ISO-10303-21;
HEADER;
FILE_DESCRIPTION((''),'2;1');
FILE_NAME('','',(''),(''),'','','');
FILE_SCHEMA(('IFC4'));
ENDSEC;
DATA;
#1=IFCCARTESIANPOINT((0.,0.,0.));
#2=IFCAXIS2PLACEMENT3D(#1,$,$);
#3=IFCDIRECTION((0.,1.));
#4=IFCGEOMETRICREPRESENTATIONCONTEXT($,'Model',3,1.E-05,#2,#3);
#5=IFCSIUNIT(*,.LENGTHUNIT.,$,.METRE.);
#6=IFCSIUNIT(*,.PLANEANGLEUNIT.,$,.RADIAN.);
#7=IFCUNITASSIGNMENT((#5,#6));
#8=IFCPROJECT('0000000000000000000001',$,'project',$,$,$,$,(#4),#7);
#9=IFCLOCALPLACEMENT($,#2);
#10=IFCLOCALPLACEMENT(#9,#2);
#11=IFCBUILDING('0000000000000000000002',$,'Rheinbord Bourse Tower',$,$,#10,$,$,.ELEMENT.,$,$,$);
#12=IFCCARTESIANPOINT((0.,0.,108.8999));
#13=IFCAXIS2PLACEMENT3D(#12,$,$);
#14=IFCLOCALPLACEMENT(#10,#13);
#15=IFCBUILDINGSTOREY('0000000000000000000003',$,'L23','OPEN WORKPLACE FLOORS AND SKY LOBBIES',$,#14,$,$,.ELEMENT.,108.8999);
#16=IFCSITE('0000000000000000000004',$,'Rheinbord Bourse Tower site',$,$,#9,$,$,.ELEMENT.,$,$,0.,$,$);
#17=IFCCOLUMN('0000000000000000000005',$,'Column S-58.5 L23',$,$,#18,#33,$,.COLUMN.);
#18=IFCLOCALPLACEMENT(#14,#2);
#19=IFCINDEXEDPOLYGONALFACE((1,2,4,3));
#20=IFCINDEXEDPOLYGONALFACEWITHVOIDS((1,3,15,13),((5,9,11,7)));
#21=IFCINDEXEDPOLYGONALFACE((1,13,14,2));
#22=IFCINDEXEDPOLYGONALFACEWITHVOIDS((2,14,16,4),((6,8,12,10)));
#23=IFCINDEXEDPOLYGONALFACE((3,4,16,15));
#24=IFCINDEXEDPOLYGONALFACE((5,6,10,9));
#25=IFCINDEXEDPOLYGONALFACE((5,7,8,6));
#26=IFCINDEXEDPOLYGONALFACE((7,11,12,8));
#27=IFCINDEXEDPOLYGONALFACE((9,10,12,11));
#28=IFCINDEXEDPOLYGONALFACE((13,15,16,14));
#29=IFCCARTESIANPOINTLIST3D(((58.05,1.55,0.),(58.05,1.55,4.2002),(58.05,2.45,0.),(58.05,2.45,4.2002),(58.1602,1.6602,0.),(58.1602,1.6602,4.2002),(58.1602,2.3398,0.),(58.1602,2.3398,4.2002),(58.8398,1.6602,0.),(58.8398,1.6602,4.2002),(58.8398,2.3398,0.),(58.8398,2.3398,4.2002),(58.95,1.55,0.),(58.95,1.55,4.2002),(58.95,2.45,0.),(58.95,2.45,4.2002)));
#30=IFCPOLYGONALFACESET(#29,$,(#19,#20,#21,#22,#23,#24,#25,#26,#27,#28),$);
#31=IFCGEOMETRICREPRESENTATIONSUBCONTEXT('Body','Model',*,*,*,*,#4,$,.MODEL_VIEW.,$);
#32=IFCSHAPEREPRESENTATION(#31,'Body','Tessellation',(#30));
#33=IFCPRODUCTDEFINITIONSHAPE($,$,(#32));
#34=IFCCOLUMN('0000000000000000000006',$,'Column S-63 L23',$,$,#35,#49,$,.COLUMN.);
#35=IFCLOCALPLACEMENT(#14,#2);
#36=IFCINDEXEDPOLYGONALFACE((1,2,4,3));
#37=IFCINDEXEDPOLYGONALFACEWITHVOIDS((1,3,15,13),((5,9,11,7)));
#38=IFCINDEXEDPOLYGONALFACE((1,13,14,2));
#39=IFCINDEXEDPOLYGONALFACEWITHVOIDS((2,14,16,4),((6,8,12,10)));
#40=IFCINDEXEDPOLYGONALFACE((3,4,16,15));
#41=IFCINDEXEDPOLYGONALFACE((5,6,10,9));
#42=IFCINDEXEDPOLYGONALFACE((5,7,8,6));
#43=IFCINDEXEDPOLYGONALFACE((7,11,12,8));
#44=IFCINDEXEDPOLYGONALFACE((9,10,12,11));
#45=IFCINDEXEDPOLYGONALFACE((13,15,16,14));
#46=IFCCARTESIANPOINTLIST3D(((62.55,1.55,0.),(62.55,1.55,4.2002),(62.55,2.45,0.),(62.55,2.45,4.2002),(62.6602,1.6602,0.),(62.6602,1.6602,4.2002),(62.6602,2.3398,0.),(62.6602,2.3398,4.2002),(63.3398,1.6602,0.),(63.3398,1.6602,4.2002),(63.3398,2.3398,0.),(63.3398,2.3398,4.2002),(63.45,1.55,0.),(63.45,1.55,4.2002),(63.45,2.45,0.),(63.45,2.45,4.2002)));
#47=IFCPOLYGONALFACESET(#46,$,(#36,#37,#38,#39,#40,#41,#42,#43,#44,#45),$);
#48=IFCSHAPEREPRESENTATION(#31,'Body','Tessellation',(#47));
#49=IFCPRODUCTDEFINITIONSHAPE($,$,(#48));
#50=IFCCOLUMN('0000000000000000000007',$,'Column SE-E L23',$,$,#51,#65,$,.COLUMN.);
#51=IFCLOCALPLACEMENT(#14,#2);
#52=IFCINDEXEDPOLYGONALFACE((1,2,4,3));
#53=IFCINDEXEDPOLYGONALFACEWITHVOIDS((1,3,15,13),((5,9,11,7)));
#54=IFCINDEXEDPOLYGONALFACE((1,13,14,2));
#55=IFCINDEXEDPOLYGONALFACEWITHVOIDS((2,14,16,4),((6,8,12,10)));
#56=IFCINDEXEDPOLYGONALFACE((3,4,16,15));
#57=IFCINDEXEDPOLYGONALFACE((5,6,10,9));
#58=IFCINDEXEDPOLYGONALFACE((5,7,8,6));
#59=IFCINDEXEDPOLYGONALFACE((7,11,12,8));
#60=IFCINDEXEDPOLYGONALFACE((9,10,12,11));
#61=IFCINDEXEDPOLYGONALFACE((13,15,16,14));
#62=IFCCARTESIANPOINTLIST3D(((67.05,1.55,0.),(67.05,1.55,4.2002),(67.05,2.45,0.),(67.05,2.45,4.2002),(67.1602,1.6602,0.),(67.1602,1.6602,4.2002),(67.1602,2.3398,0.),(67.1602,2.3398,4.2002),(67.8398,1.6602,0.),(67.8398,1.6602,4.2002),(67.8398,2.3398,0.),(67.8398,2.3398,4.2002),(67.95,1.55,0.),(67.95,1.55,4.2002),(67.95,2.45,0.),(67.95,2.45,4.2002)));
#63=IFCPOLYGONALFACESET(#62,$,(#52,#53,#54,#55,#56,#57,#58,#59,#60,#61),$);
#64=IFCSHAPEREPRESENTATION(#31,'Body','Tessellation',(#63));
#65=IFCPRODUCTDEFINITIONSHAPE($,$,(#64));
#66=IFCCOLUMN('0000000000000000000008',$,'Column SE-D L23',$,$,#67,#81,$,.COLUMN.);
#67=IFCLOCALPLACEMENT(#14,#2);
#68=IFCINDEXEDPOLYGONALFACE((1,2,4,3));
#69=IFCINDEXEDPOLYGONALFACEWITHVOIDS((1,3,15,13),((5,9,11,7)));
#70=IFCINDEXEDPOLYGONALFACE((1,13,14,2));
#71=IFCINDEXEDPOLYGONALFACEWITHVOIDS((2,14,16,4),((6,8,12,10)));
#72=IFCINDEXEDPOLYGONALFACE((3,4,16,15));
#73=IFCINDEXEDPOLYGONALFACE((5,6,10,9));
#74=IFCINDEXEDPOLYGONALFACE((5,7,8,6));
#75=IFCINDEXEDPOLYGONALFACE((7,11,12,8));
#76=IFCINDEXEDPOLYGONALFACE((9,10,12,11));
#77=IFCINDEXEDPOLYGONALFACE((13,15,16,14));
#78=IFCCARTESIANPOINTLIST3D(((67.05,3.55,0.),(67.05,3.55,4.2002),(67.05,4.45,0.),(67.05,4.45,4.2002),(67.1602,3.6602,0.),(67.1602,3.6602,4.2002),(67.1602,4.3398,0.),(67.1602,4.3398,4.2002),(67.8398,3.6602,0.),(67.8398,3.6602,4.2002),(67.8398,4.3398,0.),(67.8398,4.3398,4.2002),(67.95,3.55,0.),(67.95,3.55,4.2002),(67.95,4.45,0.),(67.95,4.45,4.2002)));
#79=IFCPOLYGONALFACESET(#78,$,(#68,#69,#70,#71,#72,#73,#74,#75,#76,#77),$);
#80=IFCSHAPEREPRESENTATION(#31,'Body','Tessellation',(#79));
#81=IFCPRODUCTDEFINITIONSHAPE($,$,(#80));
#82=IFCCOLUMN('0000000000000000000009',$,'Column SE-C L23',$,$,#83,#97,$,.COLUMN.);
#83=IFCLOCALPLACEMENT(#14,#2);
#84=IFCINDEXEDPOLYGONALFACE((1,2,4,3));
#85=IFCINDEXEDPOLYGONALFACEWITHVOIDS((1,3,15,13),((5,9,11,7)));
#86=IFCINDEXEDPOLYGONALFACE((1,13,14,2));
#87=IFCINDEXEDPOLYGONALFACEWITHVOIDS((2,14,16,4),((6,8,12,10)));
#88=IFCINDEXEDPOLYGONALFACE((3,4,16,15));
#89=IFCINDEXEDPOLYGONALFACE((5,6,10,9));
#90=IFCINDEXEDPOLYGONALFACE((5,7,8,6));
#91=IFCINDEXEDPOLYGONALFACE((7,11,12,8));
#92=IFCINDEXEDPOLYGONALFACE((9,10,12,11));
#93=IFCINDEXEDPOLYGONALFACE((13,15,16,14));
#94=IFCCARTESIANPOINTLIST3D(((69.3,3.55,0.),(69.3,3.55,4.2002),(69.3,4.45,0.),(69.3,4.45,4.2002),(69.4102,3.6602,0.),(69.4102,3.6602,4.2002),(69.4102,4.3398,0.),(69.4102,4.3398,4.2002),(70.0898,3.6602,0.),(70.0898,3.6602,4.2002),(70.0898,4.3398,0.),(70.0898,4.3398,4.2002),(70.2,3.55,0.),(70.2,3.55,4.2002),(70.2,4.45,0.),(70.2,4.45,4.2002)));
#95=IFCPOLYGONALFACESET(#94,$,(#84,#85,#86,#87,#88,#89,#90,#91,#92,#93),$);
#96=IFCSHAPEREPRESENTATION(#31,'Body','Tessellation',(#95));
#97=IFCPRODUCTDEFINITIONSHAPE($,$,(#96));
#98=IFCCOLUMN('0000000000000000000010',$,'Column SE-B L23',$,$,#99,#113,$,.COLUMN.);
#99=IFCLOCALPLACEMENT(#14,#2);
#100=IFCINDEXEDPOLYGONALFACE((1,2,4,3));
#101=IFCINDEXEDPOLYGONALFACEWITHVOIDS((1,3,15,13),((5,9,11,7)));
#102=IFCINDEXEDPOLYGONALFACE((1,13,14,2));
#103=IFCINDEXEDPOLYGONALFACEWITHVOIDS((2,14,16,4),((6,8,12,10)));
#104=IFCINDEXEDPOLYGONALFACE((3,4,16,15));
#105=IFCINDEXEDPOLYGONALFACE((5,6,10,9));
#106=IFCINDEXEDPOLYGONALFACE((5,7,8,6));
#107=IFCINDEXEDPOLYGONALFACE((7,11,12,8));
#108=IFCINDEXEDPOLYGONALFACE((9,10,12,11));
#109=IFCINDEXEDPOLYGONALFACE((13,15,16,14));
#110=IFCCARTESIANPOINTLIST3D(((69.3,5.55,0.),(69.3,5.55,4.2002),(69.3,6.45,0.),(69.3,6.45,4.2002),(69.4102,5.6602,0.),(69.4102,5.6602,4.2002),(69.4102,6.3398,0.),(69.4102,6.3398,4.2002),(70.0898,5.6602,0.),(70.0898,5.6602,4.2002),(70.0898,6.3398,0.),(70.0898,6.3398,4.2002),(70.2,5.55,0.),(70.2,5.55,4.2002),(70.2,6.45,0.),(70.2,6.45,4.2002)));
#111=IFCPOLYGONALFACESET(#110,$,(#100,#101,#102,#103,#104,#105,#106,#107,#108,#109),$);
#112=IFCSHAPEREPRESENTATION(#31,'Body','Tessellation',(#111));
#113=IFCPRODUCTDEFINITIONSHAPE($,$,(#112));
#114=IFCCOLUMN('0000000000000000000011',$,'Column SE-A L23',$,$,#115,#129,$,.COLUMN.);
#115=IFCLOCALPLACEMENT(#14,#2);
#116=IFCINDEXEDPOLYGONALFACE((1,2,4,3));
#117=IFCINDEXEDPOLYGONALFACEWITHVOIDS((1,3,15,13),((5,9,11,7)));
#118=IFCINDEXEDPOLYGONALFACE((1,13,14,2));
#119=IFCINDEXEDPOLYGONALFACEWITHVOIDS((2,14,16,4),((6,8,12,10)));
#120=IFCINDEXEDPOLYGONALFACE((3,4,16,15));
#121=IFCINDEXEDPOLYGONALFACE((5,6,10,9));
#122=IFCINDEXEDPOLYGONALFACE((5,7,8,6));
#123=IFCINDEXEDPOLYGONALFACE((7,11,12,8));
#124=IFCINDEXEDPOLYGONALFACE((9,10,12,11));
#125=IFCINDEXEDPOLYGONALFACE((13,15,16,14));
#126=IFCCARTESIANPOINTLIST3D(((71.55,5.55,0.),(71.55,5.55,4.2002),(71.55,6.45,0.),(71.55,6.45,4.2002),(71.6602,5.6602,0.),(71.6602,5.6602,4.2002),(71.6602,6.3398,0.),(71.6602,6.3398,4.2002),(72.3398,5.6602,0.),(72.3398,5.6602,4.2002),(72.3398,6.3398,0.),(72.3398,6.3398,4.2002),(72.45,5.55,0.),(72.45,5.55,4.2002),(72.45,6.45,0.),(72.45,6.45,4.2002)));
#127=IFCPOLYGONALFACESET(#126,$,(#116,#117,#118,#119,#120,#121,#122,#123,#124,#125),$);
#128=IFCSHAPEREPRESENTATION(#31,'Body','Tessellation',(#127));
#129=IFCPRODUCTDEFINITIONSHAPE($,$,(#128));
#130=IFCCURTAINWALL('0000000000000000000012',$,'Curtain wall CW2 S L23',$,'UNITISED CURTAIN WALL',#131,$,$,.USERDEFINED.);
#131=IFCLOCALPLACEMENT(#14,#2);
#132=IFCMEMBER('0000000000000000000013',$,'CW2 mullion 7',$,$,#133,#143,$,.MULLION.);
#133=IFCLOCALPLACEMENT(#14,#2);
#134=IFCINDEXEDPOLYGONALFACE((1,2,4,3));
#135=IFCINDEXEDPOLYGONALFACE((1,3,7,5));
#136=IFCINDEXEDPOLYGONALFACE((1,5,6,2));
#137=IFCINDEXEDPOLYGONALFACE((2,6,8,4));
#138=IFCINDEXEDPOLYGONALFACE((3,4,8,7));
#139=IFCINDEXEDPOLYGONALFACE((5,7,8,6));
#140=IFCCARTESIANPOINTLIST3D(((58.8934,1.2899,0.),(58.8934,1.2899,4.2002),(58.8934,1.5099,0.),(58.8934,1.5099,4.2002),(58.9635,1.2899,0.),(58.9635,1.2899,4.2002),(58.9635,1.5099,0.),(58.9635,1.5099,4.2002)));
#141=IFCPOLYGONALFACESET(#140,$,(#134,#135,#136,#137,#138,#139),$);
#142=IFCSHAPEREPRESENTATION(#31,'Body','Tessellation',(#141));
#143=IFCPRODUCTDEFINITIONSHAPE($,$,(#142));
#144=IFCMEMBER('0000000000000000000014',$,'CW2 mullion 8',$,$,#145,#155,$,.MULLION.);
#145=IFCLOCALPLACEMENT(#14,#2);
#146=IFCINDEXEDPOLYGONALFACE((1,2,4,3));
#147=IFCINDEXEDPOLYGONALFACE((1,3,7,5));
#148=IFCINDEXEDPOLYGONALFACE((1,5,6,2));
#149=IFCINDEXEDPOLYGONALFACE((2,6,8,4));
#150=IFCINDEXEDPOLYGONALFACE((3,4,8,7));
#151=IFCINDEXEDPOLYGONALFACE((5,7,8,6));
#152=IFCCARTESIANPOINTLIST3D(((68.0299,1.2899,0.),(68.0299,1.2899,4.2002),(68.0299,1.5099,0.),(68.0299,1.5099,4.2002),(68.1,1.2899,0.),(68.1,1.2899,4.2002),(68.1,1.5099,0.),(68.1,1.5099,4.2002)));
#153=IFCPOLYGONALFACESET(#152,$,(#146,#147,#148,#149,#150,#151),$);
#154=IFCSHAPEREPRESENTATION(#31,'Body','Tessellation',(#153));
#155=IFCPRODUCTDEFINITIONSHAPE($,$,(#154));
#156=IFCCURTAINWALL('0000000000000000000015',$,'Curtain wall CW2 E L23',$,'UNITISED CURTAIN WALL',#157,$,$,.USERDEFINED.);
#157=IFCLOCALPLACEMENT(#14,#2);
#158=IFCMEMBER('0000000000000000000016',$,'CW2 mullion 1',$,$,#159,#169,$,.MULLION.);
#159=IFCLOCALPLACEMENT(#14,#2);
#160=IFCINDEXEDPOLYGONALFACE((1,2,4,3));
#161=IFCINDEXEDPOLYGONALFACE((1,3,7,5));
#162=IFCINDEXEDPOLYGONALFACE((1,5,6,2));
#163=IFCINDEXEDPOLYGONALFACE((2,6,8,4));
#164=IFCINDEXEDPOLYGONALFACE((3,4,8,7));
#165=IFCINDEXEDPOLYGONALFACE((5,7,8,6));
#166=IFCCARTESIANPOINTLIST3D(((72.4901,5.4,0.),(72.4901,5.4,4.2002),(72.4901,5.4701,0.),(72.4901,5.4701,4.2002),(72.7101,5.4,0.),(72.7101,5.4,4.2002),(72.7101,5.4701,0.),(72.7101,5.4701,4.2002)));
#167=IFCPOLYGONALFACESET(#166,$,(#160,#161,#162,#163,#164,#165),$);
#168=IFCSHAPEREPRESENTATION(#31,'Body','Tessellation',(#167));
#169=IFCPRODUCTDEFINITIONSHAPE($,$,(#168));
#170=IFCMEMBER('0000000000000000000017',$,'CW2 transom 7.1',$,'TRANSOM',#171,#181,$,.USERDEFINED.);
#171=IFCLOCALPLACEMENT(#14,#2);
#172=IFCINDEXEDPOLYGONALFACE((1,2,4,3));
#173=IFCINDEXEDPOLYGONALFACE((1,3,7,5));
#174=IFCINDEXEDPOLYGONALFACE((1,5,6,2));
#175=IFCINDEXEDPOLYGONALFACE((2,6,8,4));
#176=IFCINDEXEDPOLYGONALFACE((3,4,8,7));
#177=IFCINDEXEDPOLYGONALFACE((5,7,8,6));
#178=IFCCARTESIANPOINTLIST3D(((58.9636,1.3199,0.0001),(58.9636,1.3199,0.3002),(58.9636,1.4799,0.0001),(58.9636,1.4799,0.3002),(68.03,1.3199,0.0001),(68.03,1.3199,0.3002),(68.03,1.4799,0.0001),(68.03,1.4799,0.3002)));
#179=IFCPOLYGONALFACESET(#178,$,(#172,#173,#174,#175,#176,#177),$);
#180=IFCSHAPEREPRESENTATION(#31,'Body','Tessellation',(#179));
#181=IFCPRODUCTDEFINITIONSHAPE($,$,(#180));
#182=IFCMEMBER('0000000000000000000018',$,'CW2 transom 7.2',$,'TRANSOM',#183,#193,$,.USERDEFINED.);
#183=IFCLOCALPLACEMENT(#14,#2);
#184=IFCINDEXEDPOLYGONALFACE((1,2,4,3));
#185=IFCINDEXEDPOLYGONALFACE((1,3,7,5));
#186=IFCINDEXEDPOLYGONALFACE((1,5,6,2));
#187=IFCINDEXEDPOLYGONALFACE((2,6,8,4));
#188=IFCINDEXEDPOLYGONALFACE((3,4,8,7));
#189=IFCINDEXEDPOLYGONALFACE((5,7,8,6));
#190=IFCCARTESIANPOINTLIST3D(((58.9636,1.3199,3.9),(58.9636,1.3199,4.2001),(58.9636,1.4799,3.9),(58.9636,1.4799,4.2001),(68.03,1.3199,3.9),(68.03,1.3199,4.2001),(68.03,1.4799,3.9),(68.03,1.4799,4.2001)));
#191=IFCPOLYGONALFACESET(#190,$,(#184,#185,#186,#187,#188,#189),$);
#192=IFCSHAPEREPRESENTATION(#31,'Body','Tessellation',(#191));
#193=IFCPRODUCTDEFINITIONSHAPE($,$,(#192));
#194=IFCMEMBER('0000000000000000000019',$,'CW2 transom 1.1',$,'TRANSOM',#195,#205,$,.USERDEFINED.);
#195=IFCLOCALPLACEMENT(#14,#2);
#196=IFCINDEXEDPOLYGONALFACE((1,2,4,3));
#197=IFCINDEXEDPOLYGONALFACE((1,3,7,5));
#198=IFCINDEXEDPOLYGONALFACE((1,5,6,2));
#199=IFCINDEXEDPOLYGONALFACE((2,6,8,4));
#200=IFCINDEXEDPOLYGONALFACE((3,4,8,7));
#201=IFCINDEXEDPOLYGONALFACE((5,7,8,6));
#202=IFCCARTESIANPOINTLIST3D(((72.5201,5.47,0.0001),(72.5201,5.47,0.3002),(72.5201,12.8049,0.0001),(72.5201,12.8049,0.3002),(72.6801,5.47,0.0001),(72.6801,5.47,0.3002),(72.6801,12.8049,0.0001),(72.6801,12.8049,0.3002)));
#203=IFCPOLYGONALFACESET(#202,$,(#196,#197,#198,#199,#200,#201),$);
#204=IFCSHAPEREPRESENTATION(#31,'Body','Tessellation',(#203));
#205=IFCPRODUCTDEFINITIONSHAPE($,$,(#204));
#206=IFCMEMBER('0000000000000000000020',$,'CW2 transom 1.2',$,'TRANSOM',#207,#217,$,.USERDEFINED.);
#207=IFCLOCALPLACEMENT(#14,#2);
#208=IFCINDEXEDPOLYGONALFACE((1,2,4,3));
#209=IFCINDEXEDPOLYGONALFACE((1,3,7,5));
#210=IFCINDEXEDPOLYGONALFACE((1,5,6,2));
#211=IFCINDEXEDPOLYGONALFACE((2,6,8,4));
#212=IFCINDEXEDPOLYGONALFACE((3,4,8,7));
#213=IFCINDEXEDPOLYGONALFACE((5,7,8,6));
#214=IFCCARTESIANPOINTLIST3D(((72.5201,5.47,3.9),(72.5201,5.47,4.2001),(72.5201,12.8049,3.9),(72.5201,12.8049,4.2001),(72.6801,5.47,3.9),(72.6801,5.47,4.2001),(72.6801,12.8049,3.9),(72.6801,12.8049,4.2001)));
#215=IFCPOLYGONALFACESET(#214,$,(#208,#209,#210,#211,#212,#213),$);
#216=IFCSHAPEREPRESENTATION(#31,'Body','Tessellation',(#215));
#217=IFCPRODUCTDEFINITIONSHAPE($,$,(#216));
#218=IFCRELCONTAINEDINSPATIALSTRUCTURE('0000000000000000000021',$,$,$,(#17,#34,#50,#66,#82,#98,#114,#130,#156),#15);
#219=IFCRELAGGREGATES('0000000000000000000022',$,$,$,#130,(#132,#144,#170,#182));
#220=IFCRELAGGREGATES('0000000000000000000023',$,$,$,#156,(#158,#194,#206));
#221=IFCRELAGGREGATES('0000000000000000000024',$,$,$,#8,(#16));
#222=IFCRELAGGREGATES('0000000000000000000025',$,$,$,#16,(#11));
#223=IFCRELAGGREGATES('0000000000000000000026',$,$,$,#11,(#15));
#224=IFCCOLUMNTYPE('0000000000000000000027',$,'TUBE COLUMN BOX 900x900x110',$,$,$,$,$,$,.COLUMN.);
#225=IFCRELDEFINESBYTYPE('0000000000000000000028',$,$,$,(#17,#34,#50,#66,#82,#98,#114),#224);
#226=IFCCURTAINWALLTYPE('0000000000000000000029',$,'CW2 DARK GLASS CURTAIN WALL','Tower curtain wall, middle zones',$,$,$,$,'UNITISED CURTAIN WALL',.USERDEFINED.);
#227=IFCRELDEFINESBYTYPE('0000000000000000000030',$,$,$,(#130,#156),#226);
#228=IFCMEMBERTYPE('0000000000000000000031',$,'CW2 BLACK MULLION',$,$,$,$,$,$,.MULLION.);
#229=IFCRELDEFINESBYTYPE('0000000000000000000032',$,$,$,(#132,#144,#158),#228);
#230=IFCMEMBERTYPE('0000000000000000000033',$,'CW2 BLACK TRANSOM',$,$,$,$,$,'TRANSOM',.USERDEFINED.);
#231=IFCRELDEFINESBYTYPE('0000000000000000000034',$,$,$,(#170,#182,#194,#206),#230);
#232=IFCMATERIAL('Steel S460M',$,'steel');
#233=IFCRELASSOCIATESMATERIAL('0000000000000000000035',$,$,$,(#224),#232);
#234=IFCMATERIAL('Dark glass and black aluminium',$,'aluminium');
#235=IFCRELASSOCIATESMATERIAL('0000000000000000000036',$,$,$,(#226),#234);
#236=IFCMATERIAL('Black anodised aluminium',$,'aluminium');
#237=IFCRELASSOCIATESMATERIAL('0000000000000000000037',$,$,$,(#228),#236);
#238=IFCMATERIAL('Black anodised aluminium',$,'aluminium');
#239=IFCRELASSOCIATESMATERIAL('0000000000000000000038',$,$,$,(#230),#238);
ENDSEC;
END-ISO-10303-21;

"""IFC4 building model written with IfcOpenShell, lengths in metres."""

from ifc_helpers import new_model, si_unit, direction, frame, origin, origin_2d, place, context, subcontext, project, spatial, rectangle, hollow_rectangle, extrude, material, material_profile, profile_set, type_object, element, aggregate, save


model = new_model("IFC4")

# Units and contexts
model_context = context("Model", 3, precision=1e-05, world=origin(), true_north=direction((0.0, 1.0)))
body_context = subcontext(model_context, "Body", "Model", "MODEL_VIEW")
ifc_project = project(units=[si_unit("LENGTHUNIT", "METRE"), si_unit("PLANEANGLEUNIT", "RADIAN")], contexts=[model_context])

# Site, building, storey
site_placement = place(None, origin())
site = spatial("IfcSite", under=ifc_project, at=site_placement, Name="Rheinbord Bourse Tower site", CompositionType="ELEMENT", RefElevation=0.0)
building_placement = place(site_placement, origin())
building = spatial("IfcBuilding", under=site, at=building_placement, Name="Rheinbord Bourse Tower", CompositionType="ELEMENT")
storey_placement = place(building_placement, frame((0.0, 0.0, 108.8999)))
storey = spatial("IfcBuildingStorey", under=building, at=storey_placement, Name="L23", Description="OPEN WORKPLACE FLOORS AND SKY LOBBIES", CompositionType="ELEMENT", Elevation=108.8999)

# Columns
ifc_material_1 = material(Name="Steel S460M", Category="steel")
ifc_material_profile_1 = material_profile(ifc_material_1, hollow_rectangle(XDim=0.8999, YDim=0.8999, WallThickness=0.1101, at=origin_2d()), Name="BOX 900x900x110")
ifc_profile_set_1 = profile_set([ifc_material_profile_1], Name="Steel S460M")
column_type = type_object("IfcColumnType", Name="TUBE COLUMN BOX 900x900x110", PredefinedType="COLUMN", material=ifc_profile_set_1)
for number, where, z_axis, x_axis, name in (
    (1, (58.5, 2.0, 0.0), (0.0, 0.0, 1.0), (0.0, 1.0, 0.0), "Column S-58.5 L23"),
    (2, (63.0, 2.0, 0.0), (0.0, 0.0, 1.0), (0.0, 1.0, 0.0), "Column S-63 L23"),
    (3, (67.5, 2.0, 0.0), (0.0, 0.0, 1.0), (0.0, 1.0, 0.0), "Column SE-E L23"),
    (4, (67.5, 4.0, 0.0), (0.0, 0.0, 1.0), (0.0, 1.0, 0.0), "Column SE-D L23"),
    (5, (69.75, 4.0, 0.0), (0.0, 0.0, 1.0), (1.0, 0.0, 0.0), "Column SE-C L23"),
    (6, (69.75, 6.0, 0.0), (0.0, 0.0, 1.0), (1.0, 0.0, 0.0), "Column SE-B L23"),
    (7, (72.0, 6.0, 0.0), (0.0, 0.0, 1.0), (1.0, 0.0, 0.0), "Column SE-A L23"),
):
    element("IfcColumn", number, at=place(storey_placement, frame(where, z_axis=z_axis, x_axis=x_axis)), inside=storey, type_object=column_type, Name=name, PredefinedType="COLUMN", context=body_context, shape_type="SweptSolid", body=[
        extrude(hollow_rectangle(XDim=0.8999, YDim=0.8999, WallThickness=0.1101, at=origin_2d()), origin(), (0.0, 0.0, 1.0), 4.2002),
    ])

# Curtain wall, members
ifc_material_2 = material(Name="Dark glass and black aluminium", Category="aluminium")
curtain_wall_type = type_object("IfcCurtainWallType", Name="CW2 DARK GLASS CURTAIN WALL", Description="Tower curtain wall, middle zones", ElementType="UNITISED CURTAIN WALL", PredefinedType="USERDEFINED", material=ifc_material_2)
curtain_wall_1_placement = place(storey_placement, origin())
curtain_wall_1 = element("IfcCurtainWall", 8, at=curtain_wall_1_placement, inside=storey, type_object=curtain_wall_type, Name="Curtain wall CW2 S L23", ObjectType="UNITISED CURTAIN WALL", PredefinedType="USERDEFINED")
ifc_material_3 = material(Name="Black anodised aluminium", Category="aluminium")
ifc_material_profile_2 = material_profile(ifc_material_3, rectangle(XDim=0.22, YDim=0.0701, at=origin_2d()), Name="CW2 MULLION 70x220")
ifc_profile_set_2 = profile_set([ifc_material_profile_2], Name="Black anodised aluminium")
member_type_1 = type_object("IfcMemberType", Name="CW2 BLACK MULLION", PredefinedType="MULLION", material=ifc_profile_set_2)
member_1_placement = place(storey_placement, frame((58.9285, 1.3999, 0.0), z_axis=(0.0, 0.0, 1.0), x_axis=(0.0, 1.0, 0.0)))
member_1 = element("IfcMember", 9, at=member_1_placement, type_object=member_type_1, Name="CW2 mullion 7", PredefinedType="MULLION", context=body_context, shape_type="SweptSolid", body=[
    extrude(rectangle(XDim=0.22, YDim=0.0701, at=origin_2d()), origin(), (0.0, 0.0, 1.0), 4.2002),
])
member_2_placement = place(storey_placement, frame((68.0649, 1.3999, 0.0), z_axis=(0.0, 0.0, 1.0), x_axis=(0.0, 1.0, 0.0)))
member_2 = element("IfcMember", 10, at=member_2_placement, type_object=member_type_1, Name="CW2 mullion 8", PredefinedType="MULLION", context=body_context, shape_type="SweptSolid", body=[
    extrude(rectangle(XDim=0.22, YDim=0.0701, at=origin_2d()), origin(), (0.0, 0.0, 1.0), 4.2002),
])

# Curtain wall, member
curtain_wall_2_placement = place(storey_placement, origin())
curtain_wall_2 = element("IfcCurtainWall", 11, at=curtain_wall_2_placement, inside=storey, type_object=curtain_wall_type, Name="Curtain wall CW2 E L23", ObjectType="UNITISED CURTAIN WALL", PredefinedType="USERDEFINED")
member_3_placement = place(storey_placement, frame((72.6001, 5.4351, 0.0), z_axis=(0.0, 0.0, 1.0), x_axis=(-1.0, 0.0, 0.0)))
member_3 = element("IfcMember", 12, at=member_3_placement, type_object=member_type_1, Name="CW2 mullion 1", PredefinedType="MULLION", context=body_context, shape_type="SweptSolid", body=[
    extrude(rectangle(XDim=0.22, YDim=0.0701, at=origin_2d()), origin(), (0.0, 0.0, 1.0), 4.2002),
])

# Members
ifc_material_4 = material(Name="Black anodised aluminium", Category="aluminium")
ifc_material_profile_3 = material_profile(ifc_material_4, rectangle(XDim=0.1599, YDim=0.3, at=origin_2d()), Name="CW2 TRANSOM 300x160")
ifc_profile_set_3 = profile_set([ifc_material_profile_3], Name="Black anodised aluminium")
member_type_2 = type_object("IfcMemberType", Name="CW2 BLACK TRANSOM", ElementType="TRANSOM", PredefinedType="USERDEFINED", material=ifc_profile_set_3)
member_4_placement = place(storey_placement, frame((58.9636, 1.3999, 0.1501), z_axis=(1.0, 0.0, 0.0), x_axis=(0.0, 1.0, 0.0)))
member_4 = element("IfcMember", 13, at=member_4_placement, type_object=member_type_2, Name="CW2 transom 7.1", ObjectType="TRANSOM", PredefinedType="USERDEFINED", context=body_context, shape_type="SweptSolid", body=[
    extrude(rectangle(XDim=0.1599, YDim=0.3, at=origin_2d()), origin(), (0.0, 0.0, 1.0), 9.0664),
])
member_5_placement = place(storey_placement, frame((58.9636, 1.3999, 4.05), z_axis=(1.0, 0.0, 0.0), x_axis=(0.0, 1.0, 0.0)))
member_5 = element("IfcMember", 14, at=member_5_placement, type_object=member_type_2, Name="CW2 transom 7.2", ObjectType="TRANSOM", PredefinedType="USERDEFINED", context=body_context, shape_type="SweptSolid", body=[
    extrude(rectangle(XDim=0.1599, YDim=0.3, at=origin_2d()), origin(), (0.0, 0.0, 1.0), 9.0664),
])
member_6_placement = place(storey_placement, frame((72.6001, 5.47, 0.1501), z_axis=(0.0, 1.0, 0.0), x_axis=(-1.0, 0.0, 0.0)))
member_6 = element("IfcMember", 15, at=member_6_placement, type_object=member_type_2, Name="CW2 transom 1.1", ObjectType="TRANSOM", PredefinedType="USERDEFINED", context=body_context, shape_type="SweptSolid", body=[
    extrude(rectangle(XDim=0.1599, YDim=0.3, at=origin_2d()), origin(), (0.0, 0.0, 1.0), 7.335),
])
member_7_placement = place(storey_placement, frame((72.6001, 5.47, 4.05), z_axis=(0.0, 1.0, 0.0), x_axis=(-1.0, 0.0, 0.0)))
member_7 = element("IfcMember", 16, at=member_7_placement, type_object=member_type_2, Name="CW2 transom 1.2", ObjectType="TRANSOM", PredefinedType="USERDEFINED", context=body_context, shape_type="SweptSolid", body=[
    extrude(rectangle(XDim=0.1599, YDim=0.3, at=origin_2d()), origin(), (0.0, 0.0, 1.0), 7.335),
])

aggregate(curtain_wall_1, [member_1, member_2, member_4, member_5])
aggregate(curtain_wall_2, [member_3, member_6, member_7])

save(model, "model.ifc")
